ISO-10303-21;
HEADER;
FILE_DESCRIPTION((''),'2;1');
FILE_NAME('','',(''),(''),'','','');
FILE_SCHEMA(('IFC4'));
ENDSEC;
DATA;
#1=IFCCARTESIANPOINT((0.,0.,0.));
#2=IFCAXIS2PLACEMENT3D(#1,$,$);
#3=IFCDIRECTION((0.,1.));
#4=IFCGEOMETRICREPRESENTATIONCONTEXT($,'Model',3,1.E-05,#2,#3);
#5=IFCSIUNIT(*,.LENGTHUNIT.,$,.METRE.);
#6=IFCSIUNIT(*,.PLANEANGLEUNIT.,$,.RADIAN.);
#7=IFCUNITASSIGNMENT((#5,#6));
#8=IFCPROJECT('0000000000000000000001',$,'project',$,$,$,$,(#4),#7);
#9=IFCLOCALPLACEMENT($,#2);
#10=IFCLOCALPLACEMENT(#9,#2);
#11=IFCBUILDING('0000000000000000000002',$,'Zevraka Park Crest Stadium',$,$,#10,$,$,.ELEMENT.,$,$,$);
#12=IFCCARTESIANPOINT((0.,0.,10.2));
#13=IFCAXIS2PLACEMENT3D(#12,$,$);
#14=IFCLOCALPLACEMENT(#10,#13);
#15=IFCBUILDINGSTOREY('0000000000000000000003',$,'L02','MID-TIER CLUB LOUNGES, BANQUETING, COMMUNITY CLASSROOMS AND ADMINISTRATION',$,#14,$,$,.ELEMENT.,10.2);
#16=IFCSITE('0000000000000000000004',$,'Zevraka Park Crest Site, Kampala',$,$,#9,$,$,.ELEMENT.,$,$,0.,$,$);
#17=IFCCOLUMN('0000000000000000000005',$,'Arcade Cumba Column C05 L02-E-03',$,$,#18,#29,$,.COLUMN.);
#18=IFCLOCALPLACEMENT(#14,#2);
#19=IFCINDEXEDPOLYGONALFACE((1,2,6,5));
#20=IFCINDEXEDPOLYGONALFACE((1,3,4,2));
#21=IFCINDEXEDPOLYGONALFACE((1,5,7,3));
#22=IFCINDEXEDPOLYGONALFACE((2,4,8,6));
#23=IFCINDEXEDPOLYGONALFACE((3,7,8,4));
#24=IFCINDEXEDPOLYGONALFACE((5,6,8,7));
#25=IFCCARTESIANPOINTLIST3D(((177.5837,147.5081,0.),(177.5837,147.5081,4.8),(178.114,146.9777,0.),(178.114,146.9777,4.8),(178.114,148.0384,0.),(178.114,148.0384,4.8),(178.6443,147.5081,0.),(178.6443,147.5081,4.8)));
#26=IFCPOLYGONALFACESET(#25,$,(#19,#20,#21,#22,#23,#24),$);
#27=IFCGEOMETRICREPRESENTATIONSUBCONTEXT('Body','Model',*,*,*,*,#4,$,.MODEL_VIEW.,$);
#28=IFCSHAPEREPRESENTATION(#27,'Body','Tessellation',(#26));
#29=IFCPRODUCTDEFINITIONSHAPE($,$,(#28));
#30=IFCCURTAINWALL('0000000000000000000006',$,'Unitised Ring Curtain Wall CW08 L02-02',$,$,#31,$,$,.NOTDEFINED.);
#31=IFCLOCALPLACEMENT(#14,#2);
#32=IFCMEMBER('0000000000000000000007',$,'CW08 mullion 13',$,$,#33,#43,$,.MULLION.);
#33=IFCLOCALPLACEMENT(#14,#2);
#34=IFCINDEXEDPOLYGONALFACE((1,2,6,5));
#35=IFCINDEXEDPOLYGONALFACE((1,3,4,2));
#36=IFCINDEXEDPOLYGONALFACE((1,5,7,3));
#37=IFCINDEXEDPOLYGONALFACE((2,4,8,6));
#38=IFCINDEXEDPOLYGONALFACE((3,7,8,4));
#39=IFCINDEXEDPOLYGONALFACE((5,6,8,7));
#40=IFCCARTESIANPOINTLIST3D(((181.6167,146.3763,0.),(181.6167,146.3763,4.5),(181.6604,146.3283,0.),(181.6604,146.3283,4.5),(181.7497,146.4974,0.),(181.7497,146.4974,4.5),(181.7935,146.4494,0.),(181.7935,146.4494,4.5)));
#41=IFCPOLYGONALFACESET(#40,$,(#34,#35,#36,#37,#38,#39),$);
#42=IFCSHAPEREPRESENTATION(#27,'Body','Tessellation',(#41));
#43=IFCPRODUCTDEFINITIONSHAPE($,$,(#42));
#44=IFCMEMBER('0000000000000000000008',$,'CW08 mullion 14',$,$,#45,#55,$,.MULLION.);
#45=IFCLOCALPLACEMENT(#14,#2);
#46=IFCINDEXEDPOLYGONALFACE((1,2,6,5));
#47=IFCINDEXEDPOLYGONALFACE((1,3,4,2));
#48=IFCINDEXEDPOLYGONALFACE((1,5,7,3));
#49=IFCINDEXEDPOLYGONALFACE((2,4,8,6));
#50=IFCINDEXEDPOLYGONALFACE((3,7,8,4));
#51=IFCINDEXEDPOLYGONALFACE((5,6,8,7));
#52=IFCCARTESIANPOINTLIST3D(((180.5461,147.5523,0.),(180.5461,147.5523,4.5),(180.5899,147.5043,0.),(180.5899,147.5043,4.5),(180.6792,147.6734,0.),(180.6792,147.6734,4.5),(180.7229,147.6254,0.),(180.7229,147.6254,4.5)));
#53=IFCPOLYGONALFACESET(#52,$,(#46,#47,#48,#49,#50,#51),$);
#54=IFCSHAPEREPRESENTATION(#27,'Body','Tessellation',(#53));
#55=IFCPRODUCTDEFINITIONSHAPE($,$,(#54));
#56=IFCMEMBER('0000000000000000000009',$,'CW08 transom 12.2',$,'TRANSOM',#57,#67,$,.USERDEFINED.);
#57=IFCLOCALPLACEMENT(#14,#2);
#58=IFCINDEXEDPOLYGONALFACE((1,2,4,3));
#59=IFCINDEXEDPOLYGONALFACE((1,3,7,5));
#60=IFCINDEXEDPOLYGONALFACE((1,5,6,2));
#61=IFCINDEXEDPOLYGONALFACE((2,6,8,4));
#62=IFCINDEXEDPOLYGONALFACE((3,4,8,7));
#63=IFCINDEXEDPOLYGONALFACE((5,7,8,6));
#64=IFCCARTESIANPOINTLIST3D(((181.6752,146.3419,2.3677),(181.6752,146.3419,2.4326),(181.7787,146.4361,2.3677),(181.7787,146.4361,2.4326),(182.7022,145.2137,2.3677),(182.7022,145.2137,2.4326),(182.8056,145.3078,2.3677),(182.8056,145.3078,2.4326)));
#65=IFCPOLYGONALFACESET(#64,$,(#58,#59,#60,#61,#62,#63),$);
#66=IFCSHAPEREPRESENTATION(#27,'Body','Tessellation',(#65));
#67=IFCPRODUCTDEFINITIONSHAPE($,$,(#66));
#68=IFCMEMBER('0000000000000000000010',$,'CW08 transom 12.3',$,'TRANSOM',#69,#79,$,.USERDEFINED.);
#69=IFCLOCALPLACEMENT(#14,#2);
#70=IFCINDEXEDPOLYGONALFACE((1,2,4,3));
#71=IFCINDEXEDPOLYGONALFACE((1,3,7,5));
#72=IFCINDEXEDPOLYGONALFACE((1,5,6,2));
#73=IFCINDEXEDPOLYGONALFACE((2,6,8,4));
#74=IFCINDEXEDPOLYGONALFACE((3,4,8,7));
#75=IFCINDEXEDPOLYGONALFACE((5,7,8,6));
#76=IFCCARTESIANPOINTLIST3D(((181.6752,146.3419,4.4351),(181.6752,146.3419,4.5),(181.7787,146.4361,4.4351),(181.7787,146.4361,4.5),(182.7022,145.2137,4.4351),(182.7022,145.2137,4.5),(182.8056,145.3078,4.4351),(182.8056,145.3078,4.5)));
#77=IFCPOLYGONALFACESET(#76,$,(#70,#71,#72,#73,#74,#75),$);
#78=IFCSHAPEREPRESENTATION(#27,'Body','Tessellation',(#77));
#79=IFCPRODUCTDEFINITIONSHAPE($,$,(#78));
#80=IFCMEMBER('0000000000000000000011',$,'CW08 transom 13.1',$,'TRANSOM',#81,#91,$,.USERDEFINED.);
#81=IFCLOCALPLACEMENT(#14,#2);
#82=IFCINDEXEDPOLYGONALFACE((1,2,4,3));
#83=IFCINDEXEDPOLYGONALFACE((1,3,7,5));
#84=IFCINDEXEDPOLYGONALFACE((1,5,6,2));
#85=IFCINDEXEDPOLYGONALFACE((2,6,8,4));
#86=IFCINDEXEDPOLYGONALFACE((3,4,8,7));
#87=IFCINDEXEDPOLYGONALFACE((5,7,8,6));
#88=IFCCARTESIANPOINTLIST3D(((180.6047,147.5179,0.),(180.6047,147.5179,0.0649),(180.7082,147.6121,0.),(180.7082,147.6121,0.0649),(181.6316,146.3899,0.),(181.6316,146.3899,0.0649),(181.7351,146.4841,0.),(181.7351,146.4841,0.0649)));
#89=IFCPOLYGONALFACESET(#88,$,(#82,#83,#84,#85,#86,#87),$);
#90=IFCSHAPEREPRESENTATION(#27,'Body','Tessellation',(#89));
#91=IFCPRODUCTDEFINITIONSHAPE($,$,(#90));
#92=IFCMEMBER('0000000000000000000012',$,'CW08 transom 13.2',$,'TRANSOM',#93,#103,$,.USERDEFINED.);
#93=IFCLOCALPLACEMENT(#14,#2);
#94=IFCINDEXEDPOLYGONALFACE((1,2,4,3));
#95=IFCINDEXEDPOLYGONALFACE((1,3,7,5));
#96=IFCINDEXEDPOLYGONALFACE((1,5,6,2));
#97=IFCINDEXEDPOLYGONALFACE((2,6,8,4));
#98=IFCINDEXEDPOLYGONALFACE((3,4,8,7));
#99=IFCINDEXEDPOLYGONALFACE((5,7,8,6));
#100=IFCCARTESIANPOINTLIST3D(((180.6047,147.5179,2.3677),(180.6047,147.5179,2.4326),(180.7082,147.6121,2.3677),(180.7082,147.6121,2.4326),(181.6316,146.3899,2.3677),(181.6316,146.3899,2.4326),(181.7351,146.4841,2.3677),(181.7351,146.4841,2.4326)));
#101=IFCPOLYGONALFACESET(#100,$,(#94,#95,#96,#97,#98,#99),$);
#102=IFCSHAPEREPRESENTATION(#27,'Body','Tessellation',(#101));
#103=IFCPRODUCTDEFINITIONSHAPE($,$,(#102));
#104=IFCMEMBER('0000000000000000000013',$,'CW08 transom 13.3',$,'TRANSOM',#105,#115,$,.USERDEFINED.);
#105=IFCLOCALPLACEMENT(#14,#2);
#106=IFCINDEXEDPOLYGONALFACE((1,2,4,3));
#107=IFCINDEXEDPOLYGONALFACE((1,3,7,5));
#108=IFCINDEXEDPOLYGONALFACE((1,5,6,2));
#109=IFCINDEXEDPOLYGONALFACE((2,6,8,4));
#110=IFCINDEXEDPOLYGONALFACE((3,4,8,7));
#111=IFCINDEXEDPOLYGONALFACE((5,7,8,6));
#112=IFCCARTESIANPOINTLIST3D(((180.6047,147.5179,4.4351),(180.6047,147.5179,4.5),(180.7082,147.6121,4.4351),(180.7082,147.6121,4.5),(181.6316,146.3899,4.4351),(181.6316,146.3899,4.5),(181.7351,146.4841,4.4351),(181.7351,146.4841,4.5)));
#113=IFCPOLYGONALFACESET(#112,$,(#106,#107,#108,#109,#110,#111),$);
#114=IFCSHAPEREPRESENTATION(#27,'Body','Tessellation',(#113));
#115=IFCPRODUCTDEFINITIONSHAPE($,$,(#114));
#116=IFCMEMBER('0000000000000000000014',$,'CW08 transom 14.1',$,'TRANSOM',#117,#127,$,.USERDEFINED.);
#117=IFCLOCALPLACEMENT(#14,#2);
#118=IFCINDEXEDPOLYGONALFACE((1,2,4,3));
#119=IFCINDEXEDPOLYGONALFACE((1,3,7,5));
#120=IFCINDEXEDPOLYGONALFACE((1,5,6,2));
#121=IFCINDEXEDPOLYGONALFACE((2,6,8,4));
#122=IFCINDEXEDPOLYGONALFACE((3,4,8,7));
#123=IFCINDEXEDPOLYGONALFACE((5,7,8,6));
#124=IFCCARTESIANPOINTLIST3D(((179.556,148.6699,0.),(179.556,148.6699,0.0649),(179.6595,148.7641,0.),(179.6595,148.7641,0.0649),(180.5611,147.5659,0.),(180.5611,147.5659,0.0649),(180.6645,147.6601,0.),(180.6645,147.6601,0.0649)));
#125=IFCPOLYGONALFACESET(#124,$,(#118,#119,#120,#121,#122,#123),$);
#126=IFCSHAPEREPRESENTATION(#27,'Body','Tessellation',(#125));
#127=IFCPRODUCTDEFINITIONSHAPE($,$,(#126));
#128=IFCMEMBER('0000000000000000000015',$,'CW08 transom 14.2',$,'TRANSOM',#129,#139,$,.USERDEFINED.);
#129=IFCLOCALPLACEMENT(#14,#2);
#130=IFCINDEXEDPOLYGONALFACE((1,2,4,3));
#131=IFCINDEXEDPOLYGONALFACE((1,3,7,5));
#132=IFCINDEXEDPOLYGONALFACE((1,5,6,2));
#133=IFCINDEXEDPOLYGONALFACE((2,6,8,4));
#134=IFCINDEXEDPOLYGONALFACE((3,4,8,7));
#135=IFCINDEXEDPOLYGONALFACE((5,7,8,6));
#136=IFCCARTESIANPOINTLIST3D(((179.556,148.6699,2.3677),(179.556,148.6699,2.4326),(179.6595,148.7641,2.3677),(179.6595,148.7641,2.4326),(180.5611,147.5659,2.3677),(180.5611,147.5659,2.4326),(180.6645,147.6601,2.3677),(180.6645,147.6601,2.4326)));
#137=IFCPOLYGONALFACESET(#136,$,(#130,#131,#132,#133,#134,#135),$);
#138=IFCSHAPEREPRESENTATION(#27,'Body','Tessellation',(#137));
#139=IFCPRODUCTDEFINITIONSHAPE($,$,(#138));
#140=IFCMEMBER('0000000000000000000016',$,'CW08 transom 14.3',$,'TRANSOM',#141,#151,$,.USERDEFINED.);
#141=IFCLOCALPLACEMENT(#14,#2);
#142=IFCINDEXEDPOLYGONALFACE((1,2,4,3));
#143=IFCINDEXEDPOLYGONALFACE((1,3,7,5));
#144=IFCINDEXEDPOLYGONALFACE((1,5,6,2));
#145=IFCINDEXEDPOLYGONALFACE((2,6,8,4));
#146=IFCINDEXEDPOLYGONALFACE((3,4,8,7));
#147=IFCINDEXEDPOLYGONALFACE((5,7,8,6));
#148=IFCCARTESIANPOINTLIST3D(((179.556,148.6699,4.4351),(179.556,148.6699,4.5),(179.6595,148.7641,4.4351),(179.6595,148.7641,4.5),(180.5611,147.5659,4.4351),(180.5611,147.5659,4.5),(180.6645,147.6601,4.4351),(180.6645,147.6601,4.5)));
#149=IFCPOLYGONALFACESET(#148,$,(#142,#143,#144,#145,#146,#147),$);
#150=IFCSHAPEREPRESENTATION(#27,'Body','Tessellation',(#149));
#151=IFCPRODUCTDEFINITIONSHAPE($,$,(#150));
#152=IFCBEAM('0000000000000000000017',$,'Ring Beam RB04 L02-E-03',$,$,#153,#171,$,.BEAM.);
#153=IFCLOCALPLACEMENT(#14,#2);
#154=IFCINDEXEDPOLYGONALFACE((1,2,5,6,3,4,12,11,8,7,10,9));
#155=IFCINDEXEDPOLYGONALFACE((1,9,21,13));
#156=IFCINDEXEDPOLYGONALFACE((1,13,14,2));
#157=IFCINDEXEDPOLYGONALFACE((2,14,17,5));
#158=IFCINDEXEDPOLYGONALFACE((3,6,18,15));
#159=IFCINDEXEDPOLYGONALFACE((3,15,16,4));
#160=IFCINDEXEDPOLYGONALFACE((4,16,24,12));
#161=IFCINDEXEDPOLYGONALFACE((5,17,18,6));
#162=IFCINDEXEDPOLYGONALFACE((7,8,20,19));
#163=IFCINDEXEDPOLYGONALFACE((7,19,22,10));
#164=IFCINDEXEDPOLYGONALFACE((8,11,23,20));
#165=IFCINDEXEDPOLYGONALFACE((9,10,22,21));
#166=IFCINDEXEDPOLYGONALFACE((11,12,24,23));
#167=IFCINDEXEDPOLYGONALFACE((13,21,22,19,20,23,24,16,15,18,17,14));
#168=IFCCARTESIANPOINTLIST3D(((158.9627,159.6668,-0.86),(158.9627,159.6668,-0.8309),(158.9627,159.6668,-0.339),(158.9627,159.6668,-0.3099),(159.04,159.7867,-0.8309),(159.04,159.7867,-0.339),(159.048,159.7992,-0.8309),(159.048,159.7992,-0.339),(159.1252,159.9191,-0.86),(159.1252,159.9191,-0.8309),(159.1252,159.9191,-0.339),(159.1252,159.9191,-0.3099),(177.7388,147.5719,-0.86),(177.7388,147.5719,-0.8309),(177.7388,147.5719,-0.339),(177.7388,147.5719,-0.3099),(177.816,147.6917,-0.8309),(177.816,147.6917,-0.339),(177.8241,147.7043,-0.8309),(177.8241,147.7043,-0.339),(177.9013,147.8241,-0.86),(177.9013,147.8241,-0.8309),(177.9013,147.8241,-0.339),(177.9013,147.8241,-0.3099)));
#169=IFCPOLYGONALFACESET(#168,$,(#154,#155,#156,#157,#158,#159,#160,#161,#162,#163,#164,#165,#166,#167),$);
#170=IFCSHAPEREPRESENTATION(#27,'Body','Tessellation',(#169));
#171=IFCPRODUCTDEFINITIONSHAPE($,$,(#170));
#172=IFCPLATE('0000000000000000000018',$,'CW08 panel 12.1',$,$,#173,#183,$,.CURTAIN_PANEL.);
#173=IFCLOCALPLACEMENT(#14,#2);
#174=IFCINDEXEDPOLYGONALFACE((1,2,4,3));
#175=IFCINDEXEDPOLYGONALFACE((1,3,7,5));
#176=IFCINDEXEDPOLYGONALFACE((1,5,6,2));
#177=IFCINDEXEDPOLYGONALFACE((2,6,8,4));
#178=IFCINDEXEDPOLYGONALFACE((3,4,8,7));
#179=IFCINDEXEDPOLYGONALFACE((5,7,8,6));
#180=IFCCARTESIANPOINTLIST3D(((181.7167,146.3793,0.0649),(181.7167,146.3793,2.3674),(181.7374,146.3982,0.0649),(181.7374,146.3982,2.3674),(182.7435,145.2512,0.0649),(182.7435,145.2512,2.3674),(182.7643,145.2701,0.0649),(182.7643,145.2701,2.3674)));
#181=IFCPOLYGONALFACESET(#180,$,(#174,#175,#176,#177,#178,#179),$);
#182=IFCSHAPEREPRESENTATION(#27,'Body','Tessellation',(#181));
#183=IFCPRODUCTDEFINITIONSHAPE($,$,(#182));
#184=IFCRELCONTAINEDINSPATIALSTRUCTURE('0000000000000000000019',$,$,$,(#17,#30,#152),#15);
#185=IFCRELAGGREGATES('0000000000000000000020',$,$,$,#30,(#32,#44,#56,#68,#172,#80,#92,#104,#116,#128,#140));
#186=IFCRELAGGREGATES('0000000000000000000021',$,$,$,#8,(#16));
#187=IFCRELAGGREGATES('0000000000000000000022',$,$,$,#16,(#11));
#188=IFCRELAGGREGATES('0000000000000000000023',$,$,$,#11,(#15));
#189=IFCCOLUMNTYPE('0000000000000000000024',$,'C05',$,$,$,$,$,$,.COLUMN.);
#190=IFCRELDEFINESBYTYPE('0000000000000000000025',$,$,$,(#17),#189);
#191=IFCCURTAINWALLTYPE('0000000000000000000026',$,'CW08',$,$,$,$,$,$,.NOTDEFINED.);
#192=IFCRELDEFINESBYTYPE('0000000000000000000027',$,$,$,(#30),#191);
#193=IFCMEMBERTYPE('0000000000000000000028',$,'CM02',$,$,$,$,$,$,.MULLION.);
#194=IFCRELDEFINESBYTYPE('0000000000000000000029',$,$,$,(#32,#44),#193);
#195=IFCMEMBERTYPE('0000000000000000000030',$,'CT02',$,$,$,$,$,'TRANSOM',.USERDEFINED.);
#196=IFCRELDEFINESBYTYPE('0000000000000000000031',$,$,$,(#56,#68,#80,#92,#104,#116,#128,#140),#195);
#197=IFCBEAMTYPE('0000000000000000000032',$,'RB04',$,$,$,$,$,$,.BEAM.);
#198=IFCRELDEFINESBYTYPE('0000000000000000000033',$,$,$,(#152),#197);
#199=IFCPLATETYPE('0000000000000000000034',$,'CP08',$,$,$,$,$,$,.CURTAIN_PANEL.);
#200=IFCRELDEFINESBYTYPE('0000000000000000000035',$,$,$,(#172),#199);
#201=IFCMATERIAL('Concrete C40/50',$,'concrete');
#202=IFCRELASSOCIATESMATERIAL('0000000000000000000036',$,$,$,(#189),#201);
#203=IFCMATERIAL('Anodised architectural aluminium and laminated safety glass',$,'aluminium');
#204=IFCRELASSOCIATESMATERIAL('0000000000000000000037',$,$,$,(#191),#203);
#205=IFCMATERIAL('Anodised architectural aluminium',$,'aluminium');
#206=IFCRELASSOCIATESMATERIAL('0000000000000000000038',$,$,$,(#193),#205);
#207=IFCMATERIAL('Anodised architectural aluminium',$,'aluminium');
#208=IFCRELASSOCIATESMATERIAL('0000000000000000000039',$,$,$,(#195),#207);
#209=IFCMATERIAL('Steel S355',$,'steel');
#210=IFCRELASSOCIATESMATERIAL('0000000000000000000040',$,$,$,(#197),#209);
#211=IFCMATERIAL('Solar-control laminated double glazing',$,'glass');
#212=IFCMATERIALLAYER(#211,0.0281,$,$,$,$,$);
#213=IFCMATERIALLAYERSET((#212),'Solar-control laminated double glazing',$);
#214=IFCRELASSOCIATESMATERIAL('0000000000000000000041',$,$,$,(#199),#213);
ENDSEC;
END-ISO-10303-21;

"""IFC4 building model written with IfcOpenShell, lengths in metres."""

from ifc_helpers import new_model, si_unit, direction, frame, origin, origin_2d, place, context, subcontext, project, spatial, rectangle, i_section, extrude, material, layer, layer_set, material_profile, profile_set, type_object, element, aggregate, save


model = new_model("IFC4")

# Units and contexts
model_context = context("Model", 3, precision=1e-05, world=origin(), true_north=direction((0.0, 1.0)))
body_context = subcontext(model_context, "Body", "Model", "MODEL_VIEW")
ifc_project = project(units=[si_unit("LENGTHUNIT", "METRE"), si_unit("PLANEANGLEUNIT", "RADIAN")], contexts=[model_context])

# Site, building, storey
site_placement = place(None, origin())
site = spatial("IfcSite", under=ifc_project, at=site_placement, Name="Zevraka Park Crest Site, Kampala", CompositionType="ELEMENT", RefElevation=0.0)
building_placement = place(site_placement, origin())
building = spatial("IfcBuilding", under=site, at=building_placement, Name="Zevraka Park Crest Stadium", CompositionType="ELEMENT")
storey_placement = place(building_placement, frame((0.0, 0.0, 10.2)))
storey = spatial("IfcBuildingStorey", under=building, at=storey_placement, Name="L02", Description="MID-TIER CLUB LOUNGES, BANQUETING, COMMUNITY CLASSROOMS AND ADMINISTRATION", CompositionType="ELEMENT", Elevation=10.2)

# Column
ifc_material_1 = material(Name="Concrete C40/50", Category="concrete")
ifc_material_profile_1 = material_profile(ifc_material_1, rectangle(XDim=0.75, YDim=0.75, at=origin_2d()), Name="RC 750x750")
ifc_profile_set_1 = profile_set([ifc_material_profile_1], Name="Concrete C40/50")
column_type = type_object("IfcColumnType", Name="C05", PredefinedType="COLUMN", material=ifc_profile_set_1)
column_placement = place(storey_placement, frame((178.114, 147.5081, 0.0), z_axis=(0.0, 0.0, 1.0), x_axis=(0.707107, 0.707107, 0.0)))
element("IfcColumn", 1, at=column_placement, inside=storey, type_object=column_type, Name="Arcade Cumba Column C05 L02-E-03", PredefinedType="COLUMN", context=body_context, shape_type="SweptSolid", body=[
    extrude(rectangle(XDim=0.75, YDim=0.75, at=origin_2d()), origin(), (0.0, 0.0, 1.0), 4.8),
])

# Curtain wall, members
ifc_material_2 = material(Name="Anodised architectural aluminium and laminated safety glass", Category="aluminium")
curtain_wall_type = type_object("IfcCurtainWallType", Name="CW08", PredefinedType="NOTDEFINED", material=ifc_material_2)
curtain_wall_placement = place(storey_placement, origin())
curtain_wall = element("IfcCurtainWall", 2, at=curtain_wall_placement, inside=storey, type_object=curtain_wall_type, Name="Unitised Ring Curtain Wall CW08 L02-02", PredefinedType="NOTDEFINED")
ifc_material_3 = material(Name="Anodised architectural aluminium", Category="aluminium")
ifc_material_profile_2 = material_profile(ifc_material_3, rectangle(XDim=0.1799, YDim=0.0649, at=origin_2d()), Name="ALU MULLION 180x65")
ifc_profile_set_2 = profile_set([ifc_material_profile_2], Name="Anodised architectural aluminium")
member_type_1 = type_object("IfcMemberType", Name="CM02", PredefinedType="MULLION", material=ifc_profile_set_2)
member_1_placement = place(storey_placement, frame((181.7051, 146.4128, 0.0), z_axis=(0.0, 0.0, 1.0), x_axis=(-0.739497, -0.67316, 0.0)))
member_1 = element("IfcMember", 3, at=member_1_placement, type_object=member_type_1, Name="CW08 mullion 13", PredefinedType="MULLION", context=body_context, shape_type="SweptSolid", body=[
    extrude(rectangle(XDim=0.1799, YDim=0.0649, at=origin_2d()), origin(), (0.0, 0.0, 1.0), 4.5),
])
member_2_placement = place(storey_placement, frame((180.6345, 147.5889, 0.0), z_axis=(0.0, 0.0, 1.0), x_axis=(-0.739497, -0.67316, 0.0)))
member_2 = element("IfcMember", 4, at=member_2_placement, type_object=member_type_1, Name="CW08 mullion 14", PredefinedType="MULLION", context=body_context, shape_type="SweptSolid", body=[
    extrude(rectangle(XDim=0.1799, YDim=0.0649, at=origin_2d()), origin(), (0.0, 0.0, 1.0), 4.5),
])
ifc_material_4 = material(Name="Anodised architectural aluminium", Category="aluminium")
ifc_material_profile_3 = material_profile(ifc_material_4, rectangle(XDim=0.1399, YDim=0.0649, at=origin_2d()), Name="ALU TRANSOM 140x65")
ifc_profile_set_3 = profile_set([ifc_material_profile_3], Name="Anodised architectural aluminium")
member_type_2 = type_object("IfcMemberType", Name="CT02", ElementType="TRANSOM", PredefinedType="USERDEFINED", material=ifc_profile_set_3)
member_3_placement = place(storey_placement, frame((182.7539, 145.2607, 2.4001), z_axis=(-0.673119, 0.739534, 0.0), x_axis=(-0.739534, -0.673119, 0.0)))
member_3 = element("IfcMember", 5, at=member_3_placement, type_object=member_type_2, Name="CW08 transom 12.2", ObjectType="TRANSOM", PredefinedType="USERDEFINED", context=body_context, shape_type="SweptSolid", body=[
    extrude(rectangle(XDim=0.1399, YDim=0.0649, at=origin_2d()), origin(), (0.0, 0.0, 1.0), 1.5256),
])
member_4_placement = place(storey_placement, frame((182.7539, 145.2607, 4.4675), z_axis=(-0.673119, 0.739534, 0.0), x_axis=(-0.739534, -0.673119, 0.0)))
member_4 = element("IfcMember", 6, at=member_4_placement, type_object=member_type_2, Name="CW08 transom 12.3", ObjectType="TRANSOM", PredefinedType="USERDEFINED", context=body_context, shape_type="SweptSolid", body=[
    extrude(rectangle(XDim=0.1399, YDim=0.0649, at=origin_2d()), origin(), (0.0, 0.0, 1.0), 1.5256),
])
member_5_placement = place(storey_placement, frame((181.6833, 146.437, 0.0325), z_axis=(-0.673198, 0.739462, 0.0), x_axis=(-0.739462, -0.673198, 0.0)))
member_5 = element("IfcMember", 7, at=member_5_placement, type_object=member_type_2, Name="CW08 transom 13.1", ObjectType="TRANSOM", PredefinedType="USERDEFINED", context=body_context, shape_type="SweptSolid", body=[
    extrude(rectangle(XDim=0.1399, YDim=0.0649, at=origin_2d()), origin(), (0.0, 0.0, 1.0), 1.5254),
])
member_6_placement = place(storey_placement, frame((181.6833, 146.437, 2.4001), z_axis=(-0.673198, 0.739462, 0.0), x_axis=(-0.739462, -0.673198, 0.0)))
member_6 = element("IfcMember", 8, at=member_6_placement, type_object=member_type_2, Name="CW08 transom 13.2", ObjectType="TRANSOM", PredefinedType="USERDEFINED", context=body_context, shape_type="SweptSolid", body=[
    extrude(rectangle(XDim=0.1399, YDim=0.0649, at=origin_2d()), origin(), (0.0, 0.0, 1.0), 1.5254),
])
member_7_placement = place(storey_placement, frame((181.6833, 146.437, 4.4675), z_axis=(-0.673198, 0.739462, 0.0), x_axis=(-0.739462, -0.673198, 0.0)))
member_7 = element("IfcMember", 9, at=member_7_placement, type_object=member_type_2, Name="CW08 transom 13.3", ObjectType="TRANSOM", PredefinedType="USERDEFINED", context=body_context, shape_type="SweptSolid", body=[
    extrude(rectangle(XDim=0.1399, YDim=0.0649, at=origin_2d()), origin(), (0.0, 0.0, 1.0), 1.5254),
])
member_8_placement = place(storey_placement, frame((180.6128, 147.613, 0.0325), z_axis=(-0.673218, 0.739444, 0.0), x_axis=(-0.739444, -0.673218, 0.0)))
member_8 = element("IfcMember", 10, at=member_8_placement, type_object=member_type_2, Name="CW08 transom 14.1", ObjectType="TRANSOM", PredefinedType="USERDEFINED", context=body_context, shape_type="SweptSolid", body=[
    extrude(rectangle(XDim=0.1399, YDim=0.0649, at=origin_2d()), origin(), (0.0, 0.0, 1.0), 1.4929),
])
member_9_placement = place(storey_placement, frame((180.6128, 147.613, 2.4001), z_axis=(-0.673218, 0.739444, 0.0), x_axis=(-0.739444, -0.673218, 0.0)))
member_9 = element("IfcMember", 11, at=member_9_placement, type_object=member_type_2, Name="CW08 transom 14.2", ObjectType="TRANSOM", PredefinedType="USERDEFINED", context=body_context, shape_type="SweptSolid", body=[
    extrude(rectangle(XDim=0.1399, YDim=0.0649, at=origin_2d()), origin(), (0.0, 0.0, 1.0), 1.4929),
])
member_10_placement = place(storey_placement, frame((180.6128, 147.613, 4.4675), z_axis=(-0.673218, 0.739444, 0.0), x_axis=(-0.739444, -0.673218, 0.0)))
member_10 = element("IfcMember", 12, at=member_10_placement, type_object=member_type_2, Name="CW08 transom 14.3", ObjectType="TRANSOM", PredefinedType="USERDEFINED", context=body_context, shape_type="SweptSolid", body=[
    extrude(rectangle(XDim=0.1399, YDim=0.0649, at=origin_2d()), origin(), (0.0, 0.0, 1.0), 1.4929),
])

# Beam
ifc_material_5 = material(Name="Steel S355", Category="steel")
ifc_material_profile_4 = material_profile(ifc_material_5, i_section(OverallWidth=0.3, OverallDepth=0.55, WebThickness=0.0149, FlangeThickness=0.0291, at=origin_2d()), Name="HEB 550")
ifc_profile_set_4 = profile_set([ifc_material_profile_4], Name="Steel S355")
beam_type = type_object("IfcBeamType", Name="RB04", PredefinedType="BEAM", material=ifc_profile_set_4)
beam_placement = place(storey_placement, frame((177.8201, 147.698, -0.585), z_axis=(-0.840677, 0.541537, 0.0), x_axis=(-0.541537, -0.840677, 0.0)))
element("IfcBeam", 13, at=beam_placement, inside=storey, type_object=beam_type, Name="Ring Beam RB04 L02-E-03", PredefinedType="BEAM", context=body_context, shape_type="SweptSolid", body=[
    extrude(i_section(OverallWidth=0.3, OverallDepth=0.55, WebThickness=0.0149, FlangeThickness=0.0291, at=origin_2d()), origin(), (0.0, 0.0, 1.0), 22.3345),
])

# Plate
ifc_material_6 = material(Name="Solar-control laminated double glazing", Category="glass")
ifc_layer_1 = layer(ifc_material_6, 0.0281)
ifc_layer_set_1 = layer_set([ifc_layer_1], Name="Solar-control laminated double glazing")
plate_type = type_object("IfcPlateType", Name="CP08", PredefinedType="CURTAIN_PANEL", material=ifc_layer_set_1)
plate_1_placement = place(storey_placement, frame((182.2405, 145.8247, 0.0649), z_axis=(0.0, 0.0, 1.0), x_axis=(-0.67316, 0.739497, 0.0)))
plate_1 = element("IfcPlate", 14, at=plate_1_placement, type_object=plate_type, Name="CW08 panel 12.1", PredefinedType="CURTAIN_PANEL", context=body_context, shape_type="SweptSolid", body=[
    extrude(rectangle(XDim=1.5254, YDim=0.0281, at=origin_2d()), origin(), (0.0, 0.0, 1.0), 2.3025),
])
aggregate(curtain_wall, [member_1, member_2, member_3, member_4, plate_1, member_5, member_6, member_7, member_8, member_9, member_10])

save(model, "model.ifc")
